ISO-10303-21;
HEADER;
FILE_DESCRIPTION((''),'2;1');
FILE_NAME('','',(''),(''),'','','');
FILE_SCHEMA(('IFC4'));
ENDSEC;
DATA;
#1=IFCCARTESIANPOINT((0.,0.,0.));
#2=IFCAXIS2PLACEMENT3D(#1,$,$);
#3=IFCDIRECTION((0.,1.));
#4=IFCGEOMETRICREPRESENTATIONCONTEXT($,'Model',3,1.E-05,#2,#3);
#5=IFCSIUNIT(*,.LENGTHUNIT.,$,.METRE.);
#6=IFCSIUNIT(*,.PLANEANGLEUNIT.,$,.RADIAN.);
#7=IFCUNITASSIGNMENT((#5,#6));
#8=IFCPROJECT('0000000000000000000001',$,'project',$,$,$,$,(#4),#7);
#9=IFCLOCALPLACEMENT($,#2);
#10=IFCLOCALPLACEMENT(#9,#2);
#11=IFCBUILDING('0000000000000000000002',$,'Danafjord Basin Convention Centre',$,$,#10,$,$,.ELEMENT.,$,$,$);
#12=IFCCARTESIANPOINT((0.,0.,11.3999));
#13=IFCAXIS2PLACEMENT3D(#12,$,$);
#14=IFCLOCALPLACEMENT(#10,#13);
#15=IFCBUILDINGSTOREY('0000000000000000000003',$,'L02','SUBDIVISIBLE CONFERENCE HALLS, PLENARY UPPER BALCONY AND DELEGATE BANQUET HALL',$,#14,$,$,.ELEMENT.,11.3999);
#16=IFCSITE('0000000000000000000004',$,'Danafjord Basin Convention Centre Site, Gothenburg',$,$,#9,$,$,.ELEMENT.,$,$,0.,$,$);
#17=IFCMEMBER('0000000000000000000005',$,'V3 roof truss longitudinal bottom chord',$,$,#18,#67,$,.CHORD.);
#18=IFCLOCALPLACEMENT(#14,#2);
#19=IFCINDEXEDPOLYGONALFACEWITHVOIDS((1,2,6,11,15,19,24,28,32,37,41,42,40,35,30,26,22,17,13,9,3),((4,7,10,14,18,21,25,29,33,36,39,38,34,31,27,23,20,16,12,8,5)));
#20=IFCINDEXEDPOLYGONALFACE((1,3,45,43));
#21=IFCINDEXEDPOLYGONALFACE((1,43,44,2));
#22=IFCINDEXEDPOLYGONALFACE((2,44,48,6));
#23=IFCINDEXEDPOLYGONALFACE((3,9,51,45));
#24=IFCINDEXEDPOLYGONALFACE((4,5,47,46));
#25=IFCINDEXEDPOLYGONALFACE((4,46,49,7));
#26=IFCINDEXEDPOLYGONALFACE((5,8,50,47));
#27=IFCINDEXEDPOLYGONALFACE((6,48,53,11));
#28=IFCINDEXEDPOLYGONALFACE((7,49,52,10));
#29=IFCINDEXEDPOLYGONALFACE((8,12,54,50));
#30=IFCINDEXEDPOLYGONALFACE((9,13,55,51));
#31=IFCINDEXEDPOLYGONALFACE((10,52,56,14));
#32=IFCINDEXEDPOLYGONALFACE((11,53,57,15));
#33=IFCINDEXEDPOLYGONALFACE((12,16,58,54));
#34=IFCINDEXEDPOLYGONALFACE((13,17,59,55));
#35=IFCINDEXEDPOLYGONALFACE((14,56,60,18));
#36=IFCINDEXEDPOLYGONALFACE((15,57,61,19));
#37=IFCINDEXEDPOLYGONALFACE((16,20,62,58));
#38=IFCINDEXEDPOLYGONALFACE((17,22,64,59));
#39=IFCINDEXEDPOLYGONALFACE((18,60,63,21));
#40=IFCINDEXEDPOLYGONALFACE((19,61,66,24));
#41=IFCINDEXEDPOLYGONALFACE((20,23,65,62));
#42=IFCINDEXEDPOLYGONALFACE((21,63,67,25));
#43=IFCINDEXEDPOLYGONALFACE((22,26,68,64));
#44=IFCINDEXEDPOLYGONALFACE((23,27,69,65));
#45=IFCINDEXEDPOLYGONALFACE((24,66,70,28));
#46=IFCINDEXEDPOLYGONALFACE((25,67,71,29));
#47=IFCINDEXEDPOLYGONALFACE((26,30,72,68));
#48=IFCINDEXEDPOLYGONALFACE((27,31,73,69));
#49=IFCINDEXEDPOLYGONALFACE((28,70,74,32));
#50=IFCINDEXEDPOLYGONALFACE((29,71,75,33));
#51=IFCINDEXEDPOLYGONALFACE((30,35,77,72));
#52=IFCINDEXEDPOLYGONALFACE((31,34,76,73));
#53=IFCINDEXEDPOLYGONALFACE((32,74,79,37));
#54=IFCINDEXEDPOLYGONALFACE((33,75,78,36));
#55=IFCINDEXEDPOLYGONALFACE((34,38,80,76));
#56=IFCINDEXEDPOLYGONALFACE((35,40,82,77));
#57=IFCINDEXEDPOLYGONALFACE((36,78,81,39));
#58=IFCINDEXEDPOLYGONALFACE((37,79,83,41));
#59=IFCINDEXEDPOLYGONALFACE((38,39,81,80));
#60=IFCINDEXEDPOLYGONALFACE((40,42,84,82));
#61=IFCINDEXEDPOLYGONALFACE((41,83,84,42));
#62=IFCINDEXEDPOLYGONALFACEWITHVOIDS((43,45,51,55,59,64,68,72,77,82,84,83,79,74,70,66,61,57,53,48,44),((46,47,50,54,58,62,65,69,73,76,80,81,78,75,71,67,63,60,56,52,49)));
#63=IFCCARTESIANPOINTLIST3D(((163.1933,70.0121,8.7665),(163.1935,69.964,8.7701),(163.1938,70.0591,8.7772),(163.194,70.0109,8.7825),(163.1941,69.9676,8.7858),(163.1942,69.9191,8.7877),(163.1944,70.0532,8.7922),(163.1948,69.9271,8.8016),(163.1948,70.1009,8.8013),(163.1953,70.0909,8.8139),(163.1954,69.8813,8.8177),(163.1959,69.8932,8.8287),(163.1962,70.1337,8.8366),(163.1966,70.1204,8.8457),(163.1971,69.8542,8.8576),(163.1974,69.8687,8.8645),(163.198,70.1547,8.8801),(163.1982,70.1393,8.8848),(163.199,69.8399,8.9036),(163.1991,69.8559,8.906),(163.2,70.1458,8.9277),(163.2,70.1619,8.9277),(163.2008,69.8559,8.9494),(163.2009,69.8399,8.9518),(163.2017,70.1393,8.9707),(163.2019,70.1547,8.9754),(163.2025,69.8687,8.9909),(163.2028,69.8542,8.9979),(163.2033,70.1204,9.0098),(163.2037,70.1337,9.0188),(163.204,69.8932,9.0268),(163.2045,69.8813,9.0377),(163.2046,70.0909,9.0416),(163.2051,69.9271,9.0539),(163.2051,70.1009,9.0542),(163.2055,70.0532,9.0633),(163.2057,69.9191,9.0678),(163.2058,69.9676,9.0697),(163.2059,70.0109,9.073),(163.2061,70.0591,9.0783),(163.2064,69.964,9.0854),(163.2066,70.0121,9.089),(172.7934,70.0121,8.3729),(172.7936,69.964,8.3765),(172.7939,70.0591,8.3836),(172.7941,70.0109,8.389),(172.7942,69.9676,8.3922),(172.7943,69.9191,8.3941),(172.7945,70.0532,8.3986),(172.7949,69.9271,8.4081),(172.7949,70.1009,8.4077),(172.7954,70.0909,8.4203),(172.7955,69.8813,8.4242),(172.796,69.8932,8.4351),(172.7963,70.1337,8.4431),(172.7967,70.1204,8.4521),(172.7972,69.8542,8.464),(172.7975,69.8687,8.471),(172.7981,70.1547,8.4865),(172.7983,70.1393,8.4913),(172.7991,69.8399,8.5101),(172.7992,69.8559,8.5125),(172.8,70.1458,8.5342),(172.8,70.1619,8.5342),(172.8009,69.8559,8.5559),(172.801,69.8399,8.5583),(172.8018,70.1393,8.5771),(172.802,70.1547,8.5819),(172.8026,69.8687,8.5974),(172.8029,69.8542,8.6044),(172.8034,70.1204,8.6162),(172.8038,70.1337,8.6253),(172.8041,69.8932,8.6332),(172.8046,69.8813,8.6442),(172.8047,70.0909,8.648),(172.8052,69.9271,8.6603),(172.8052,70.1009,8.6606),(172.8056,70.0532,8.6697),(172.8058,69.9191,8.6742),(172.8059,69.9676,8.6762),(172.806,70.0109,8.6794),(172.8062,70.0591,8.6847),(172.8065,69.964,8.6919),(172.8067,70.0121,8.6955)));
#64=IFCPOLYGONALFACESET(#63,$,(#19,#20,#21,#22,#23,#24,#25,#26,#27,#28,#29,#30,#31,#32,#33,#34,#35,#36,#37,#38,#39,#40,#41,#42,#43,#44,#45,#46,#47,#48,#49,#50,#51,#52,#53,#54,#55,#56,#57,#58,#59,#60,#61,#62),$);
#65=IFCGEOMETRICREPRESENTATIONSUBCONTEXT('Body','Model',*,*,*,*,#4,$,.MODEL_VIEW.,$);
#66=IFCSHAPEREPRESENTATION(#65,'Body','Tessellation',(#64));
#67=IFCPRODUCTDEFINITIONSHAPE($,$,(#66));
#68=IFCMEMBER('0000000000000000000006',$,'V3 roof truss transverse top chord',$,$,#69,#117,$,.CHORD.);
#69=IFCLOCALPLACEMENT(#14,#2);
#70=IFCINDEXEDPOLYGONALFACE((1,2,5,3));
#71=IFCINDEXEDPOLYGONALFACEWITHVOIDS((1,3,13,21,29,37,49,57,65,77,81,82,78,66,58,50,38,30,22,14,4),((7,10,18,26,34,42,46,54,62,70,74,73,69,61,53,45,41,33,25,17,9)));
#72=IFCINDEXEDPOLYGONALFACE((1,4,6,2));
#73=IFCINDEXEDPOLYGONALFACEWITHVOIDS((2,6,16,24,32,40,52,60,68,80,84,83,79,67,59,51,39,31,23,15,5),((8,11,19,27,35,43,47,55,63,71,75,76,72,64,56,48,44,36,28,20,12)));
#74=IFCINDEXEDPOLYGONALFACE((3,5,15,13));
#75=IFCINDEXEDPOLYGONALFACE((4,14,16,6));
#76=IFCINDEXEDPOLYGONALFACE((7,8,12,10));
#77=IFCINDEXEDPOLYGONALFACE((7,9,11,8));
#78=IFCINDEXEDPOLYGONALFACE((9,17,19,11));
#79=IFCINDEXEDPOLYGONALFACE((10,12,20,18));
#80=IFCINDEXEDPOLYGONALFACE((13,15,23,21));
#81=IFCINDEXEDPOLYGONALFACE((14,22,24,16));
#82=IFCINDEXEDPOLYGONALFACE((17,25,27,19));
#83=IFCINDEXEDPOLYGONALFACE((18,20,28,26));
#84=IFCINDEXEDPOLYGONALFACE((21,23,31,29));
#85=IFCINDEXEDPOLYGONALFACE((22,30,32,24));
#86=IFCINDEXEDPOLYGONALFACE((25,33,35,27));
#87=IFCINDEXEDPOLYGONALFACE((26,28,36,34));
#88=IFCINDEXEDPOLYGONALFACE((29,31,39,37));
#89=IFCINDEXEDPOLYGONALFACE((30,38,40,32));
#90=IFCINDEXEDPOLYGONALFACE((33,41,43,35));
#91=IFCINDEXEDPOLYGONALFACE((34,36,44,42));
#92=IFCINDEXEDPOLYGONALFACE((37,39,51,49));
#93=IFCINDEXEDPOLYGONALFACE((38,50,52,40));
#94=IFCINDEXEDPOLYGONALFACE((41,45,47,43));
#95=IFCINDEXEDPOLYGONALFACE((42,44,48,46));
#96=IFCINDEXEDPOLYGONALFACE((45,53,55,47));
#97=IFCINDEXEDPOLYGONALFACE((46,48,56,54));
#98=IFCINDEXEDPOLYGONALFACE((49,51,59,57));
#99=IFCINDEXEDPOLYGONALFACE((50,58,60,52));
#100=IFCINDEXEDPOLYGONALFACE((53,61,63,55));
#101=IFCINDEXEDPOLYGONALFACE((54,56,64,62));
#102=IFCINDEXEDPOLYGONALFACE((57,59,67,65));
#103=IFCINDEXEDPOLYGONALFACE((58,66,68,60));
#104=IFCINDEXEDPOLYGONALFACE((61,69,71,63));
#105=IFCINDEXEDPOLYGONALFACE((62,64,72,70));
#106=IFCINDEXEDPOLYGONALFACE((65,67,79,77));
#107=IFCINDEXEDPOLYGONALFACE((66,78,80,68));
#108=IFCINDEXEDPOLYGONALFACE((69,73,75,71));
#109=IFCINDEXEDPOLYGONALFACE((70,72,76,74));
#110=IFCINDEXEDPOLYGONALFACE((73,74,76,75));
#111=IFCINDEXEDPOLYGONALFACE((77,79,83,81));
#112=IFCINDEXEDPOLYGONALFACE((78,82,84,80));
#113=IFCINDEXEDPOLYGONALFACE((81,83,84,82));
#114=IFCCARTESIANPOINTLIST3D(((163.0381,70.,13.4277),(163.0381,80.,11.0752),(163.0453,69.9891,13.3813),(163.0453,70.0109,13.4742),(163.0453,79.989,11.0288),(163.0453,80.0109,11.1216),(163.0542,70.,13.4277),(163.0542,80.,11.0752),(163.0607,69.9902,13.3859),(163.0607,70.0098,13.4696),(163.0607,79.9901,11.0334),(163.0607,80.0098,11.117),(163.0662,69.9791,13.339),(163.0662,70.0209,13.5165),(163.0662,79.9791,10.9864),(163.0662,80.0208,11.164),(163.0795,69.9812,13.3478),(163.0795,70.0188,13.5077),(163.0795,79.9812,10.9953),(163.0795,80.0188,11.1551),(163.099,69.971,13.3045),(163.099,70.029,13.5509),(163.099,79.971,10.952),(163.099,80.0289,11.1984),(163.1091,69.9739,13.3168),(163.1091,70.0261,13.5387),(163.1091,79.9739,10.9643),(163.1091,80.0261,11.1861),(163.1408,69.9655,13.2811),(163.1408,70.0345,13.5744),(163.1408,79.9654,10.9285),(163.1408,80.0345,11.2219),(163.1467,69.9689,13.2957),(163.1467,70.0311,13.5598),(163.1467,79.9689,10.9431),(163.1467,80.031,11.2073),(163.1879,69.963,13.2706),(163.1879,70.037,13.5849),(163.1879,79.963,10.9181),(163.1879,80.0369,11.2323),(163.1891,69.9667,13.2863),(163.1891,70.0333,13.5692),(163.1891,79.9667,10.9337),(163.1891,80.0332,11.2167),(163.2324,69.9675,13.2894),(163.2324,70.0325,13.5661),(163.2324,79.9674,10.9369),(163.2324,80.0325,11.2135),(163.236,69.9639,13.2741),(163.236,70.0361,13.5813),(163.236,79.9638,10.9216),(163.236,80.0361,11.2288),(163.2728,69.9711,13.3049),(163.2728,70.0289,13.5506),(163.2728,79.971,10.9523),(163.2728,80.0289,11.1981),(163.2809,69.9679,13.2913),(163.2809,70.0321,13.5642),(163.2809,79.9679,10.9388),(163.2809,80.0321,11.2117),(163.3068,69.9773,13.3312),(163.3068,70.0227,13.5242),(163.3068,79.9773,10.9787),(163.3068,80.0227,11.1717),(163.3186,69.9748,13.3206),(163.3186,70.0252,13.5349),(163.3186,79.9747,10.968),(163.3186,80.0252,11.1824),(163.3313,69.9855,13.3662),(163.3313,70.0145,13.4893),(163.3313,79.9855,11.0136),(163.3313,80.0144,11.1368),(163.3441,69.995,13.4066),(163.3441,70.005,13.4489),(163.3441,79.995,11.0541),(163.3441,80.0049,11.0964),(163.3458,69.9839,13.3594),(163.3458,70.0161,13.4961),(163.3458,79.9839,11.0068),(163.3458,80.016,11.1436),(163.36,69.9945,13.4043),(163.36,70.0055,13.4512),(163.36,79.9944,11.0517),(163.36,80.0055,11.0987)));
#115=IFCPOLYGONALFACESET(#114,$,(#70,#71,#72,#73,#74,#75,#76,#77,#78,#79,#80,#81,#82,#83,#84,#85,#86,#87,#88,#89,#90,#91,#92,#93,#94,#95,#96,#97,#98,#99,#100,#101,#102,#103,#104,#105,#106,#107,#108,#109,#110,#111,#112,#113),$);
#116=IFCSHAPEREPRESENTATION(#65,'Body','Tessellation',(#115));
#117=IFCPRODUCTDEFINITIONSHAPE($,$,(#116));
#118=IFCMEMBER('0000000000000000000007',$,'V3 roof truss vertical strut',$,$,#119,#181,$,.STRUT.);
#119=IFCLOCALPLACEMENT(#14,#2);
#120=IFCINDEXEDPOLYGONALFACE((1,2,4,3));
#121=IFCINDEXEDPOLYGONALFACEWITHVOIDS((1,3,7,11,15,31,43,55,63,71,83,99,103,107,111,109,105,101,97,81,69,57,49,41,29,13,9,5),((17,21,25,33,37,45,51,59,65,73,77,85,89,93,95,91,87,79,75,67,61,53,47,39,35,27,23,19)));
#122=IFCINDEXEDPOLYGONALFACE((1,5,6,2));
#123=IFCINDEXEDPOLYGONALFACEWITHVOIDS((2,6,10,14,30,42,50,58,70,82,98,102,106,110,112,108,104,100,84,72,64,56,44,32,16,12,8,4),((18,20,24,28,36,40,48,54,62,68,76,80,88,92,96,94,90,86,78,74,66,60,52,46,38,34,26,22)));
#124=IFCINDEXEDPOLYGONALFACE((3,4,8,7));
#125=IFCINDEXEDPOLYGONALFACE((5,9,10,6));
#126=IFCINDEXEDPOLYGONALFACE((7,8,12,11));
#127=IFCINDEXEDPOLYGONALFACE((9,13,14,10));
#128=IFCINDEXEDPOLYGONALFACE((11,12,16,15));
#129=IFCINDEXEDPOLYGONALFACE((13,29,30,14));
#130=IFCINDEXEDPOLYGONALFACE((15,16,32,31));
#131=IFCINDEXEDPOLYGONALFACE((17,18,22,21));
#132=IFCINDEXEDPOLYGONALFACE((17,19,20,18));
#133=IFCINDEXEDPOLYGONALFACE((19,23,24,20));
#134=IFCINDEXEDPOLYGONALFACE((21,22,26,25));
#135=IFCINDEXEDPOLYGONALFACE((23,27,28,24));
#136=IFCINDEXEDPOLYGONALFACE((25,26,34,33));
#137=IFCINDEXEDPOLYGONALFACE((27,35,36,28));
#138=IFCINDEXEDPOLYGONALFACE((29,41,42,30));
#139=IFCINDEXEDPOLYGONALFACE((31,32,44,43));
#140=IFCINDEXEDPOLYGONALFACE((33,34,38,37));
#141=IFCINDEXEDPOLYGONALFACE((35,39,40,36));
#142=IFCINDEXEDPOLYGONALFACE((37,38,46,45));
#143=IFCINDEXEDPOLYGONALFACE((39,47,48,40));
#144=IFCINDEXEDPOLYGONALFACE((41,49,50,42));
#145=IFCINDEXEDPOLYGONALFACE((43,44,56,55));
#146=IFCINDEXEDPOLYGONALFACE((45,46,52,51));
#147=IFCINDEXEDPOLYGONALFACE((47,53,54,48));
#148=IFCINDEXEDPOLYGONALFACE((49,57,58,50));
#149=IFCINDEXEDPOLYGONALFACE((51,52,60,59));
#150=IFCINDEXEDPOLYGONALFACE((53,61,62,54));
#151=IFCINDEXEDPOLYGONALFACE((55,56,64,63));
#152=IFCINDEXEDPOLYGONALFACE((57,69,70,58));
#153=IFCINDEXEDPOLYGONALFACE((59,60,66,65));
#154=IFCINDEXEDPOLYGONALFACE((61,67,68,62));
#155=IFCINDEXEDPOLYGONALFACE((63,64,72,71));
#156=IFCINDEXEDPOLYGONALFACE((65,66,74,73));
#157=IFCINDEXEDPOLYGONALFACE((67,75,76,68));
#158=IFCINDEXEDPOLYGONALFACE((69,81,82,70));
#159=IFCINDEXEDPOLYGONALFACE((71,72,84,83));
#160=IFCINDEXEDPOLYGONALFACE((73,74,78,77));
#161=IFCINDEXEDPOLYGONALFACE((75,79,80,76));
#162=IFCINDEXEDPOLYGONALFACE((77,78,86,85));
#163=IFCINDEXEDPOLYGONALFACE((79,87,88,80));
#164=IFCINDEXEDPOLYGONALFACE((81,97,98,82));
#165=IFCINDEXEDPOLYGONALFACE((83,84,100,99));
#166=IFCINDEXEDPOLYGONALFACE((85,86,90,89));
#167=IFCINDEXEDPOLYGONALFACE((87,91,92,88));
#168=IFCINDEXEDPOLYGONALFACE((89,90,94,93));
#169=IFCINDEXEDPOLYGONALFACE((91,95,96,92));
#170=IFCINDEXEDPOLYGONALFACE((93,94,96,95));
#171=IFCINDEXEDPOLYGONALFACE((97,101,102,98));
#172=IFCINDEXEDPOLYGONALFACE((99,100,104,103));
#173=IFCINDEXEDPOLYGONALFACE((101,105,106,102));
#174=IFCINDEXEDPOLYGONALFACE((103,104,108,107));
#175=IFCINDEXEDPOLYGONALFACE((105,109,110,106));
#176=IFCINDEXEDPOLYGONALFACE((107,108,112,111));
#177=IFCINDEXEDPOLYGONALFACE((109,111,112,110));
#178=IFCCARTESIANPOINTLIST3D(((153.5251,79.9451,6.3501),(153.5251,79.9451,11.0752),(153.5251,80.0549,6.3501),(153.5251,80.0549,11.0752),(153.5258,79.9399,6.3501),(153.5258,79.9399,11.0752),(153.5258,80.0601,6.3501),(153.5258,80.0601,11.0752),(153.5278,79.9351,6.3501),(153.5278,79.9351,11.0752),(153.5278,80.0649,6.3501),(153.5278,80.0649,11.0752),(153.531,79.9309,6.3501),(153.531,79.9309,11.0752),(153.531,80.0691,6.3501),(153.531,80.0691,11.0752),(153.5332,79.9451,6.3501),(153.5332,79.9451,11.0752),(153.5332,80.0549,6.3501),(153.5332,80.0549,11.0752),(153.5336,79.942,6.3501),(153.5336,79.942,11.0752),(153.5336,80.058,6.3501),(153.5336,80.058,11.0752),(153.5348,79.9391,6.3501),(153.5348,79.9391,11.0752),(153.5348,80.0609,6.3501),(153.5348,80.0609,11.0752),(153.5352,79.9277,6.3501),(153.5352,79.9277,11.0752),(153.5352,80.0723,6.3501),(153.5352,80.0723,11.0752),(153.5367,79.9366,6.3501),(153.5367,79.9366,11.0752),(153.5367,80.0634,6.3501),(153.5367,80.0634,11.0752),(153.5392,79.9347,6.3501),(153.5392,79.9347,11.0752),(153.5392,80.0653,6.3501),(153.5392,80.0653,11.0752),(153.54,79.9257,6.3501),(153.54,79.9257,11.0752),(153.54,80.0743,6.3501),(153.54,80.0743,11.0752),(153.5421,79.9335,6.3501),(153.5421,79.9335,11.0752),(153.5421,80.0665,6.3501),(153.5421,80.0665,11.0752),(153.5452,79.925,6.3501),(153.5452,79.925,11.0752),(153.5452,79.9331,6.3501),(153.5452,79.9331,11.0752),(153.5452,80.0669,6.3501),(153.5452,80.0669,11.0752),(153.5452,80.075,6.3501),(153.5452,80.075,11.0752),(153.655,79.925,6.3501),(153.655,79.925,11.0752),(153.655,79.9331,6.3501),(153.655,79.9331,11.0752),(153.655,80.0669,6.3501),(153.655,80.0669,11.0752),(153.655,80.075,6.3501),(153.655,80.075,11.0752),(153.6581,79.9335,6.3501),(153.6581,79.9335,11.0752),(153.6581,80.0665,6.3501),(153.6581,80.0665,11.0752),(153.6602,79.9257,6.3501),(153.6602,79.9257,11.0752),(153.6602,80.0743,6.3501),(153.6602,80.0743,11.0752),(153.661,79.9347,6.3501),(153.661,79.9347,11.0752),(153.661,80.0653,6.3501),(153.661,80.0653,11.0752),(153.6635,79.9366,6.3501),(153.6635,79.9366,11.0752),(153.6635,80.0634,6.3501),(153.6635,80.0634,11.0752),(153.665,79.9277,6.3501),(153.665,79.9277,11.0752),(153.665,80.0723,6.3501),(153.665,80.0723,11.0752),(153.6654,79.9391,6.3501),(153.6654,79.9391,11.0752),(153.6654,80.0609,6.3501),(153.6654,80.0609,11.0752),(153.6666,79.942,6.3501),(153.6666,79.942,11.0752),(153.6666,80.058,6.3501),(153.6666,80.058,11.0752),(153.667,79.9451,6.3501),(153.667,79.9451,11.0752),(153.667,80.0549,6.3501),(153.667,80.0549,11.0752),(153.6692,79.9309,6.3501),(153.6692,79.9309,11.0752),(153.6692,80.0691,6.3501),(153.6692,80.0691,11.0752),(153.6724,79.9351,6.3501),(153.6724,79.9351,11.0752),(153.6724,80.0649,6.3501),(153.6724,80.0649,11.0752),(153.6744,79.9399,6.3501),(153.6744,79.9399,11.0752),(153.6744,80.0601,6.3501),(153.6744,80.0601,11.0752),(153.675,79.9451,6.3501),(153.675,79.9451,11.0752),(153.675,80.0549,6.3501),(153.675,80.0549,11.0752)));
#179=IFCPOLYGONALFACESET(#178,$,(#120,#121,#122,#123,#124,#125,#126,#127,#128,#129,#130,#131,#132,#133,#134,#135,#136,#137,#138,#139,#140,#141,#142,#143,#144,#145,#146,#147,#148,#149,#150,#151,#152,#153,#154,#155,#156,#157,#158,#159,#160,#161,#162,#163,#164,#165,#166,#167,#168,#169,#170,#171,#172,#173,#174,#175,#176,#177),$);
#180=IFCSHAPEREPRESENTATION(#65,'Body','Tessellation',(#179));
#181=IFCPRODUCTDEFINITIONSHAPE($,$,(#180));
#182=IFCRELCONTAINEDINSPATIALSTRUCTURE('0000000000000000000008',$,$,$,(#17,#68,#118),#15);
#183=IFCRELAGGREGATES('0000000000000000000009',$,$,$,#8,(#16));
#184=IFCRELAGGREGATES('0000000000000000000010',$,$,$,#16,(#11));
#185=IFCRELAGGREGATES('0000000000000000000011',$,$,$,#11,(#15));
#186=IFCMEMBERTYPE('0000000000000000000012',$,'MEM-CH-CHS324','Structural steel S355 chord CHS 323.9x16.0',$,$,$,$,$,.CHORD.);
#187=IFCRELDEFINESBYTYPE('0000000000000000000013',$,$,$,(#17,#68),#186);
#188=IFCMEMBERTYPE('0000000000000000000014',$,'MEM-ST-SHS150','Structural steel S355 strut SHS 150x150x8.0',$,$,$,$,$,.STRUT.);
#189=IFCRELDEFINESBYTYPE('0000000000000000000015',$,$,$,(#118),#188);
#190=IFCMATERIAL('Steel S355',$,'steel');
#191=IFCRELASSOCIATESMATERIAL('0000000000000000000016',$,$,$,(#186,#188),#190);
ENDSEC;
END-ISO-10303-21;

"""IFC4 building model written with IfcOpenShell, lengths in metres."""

from ifc_helpers import new_model, si_unit, direction, frame, origin, origin_2d, place, context, subcontext, project, spatial, hollow_rectangle, hollow_circle, extrude, material, material_profile, profile_set, type_object, element, save


model = new_model("IFC4")

# Units and contexts
model_context = context("Model", 3, precision=1e-05, world=origin(), true_north=direction((0.0, 1.0)))
body_context = subcontext(model_context, "Body", "Model", "MODEL_VIEW")
ifc_project = project(units=[si_unit("LENGTHUNIT", "METRE"), si_unit("PLANEANGLEUNIT", "RADIAN")], contexts=[model_context])

# Site, building, storey
site_placement = place(None, origin())
site = spatial("IfcSite", under=ifc_project, at=site_placement, Name="Danafjord Basin Convention Centre Site, Gothenburg", CompositionType="ELEMENT", RefElevation=0.0)
building_placement = place(site_placement, origin())
building = spatial("IfcBuilding", under=site, at=building_placement, Name="Danafjord Basin Convention Centre", CompositionType="ELEMENT")
storey_placement = place(building_placement, frame((0.0, 0.0, 11.3999)))
storey = spatial("IfcBuildingStorey", under=building, at=storey_placement, Name="L02", Description="SUBDIVISIBLE CONFERENCE HALLS, PLENARY UPPER BALCONY AND DELEGATE BANQUET HALL", CompositionType="ELEMENT", Elevation=11.3999)

# Shared definitions
ifc_material = material(Name="Steel S355", Category="steel")

# Members
ifc_material_profile_1 = material_profile(ifc_material, hollow_circle(Radius=0.1619, WallThickness=0.0161, at=origin_2d()), Name="CHS 323.9x16.0")
ifc_profile_set_1 = profile_set([ifc_material_profile_1], Name="Steel S355")
member_type_1 = type_object("IfcMemberType", Name="MEM-CH-CHS324", Description="Structural steel S355 chord CHS 323.9x16.0", PredefinedType="CHORD", material=ifc_profile_set_1)
member_1_placement = place(storey_placement, frame((163.2, 70.0, 8.9277), z_axis=(0.999161, 0.0, -0.04096), x_axis=(0.0, 1.0, 0.0)))
element("IfcMember", 1, at=member_1_placement, inside=storey, type_object=member_type_1, Name="V3 roof truss longitudinal bottom chord", PredefinedType="CHORD", context=body_context, shape_type="SweptSolid", body=[
    extrude(hollow_circle(Radius=0.1619, WallThickness=0.0161, at=origin_2d()), origin(), (0.0, 0.0, 1.0), 9.6082),
])
member_2_placement = place(storey_placement, frame((163.2, 70.0, 13.4277), z_axis=(0.0, 0.973426, -0.229002), x_axis=(-1.0, 0.0, 0.0)))
element("IfcMember", 2, at=member_2_placement, inside=storey, type_object=member_type_1, Name="V3 roof truss transverse top chord", PredefinedType="CHORD", context=body_context, shape_type="SweptSolid", body=[
    extrude(hollow_circle(Radius=0.1619, WallThickness=0.0161, at=origin_2d()), origin(), (0.0, 0.0, 1.0), 10.2729),
])
ifc_material_profile_2 = material_profile(ifc_material, hollow_rectangle(XDim=0.1499, YDim=0.1499, WallThickness=0.0081, InnerFilletRadius=0.012, OuterFilletRadius=0.02, at=origin_2d()), Name="SHS 150x150x8.0")
ifc_profile_set_2 = profile_set([ifc_material_profile_2], Name="Steel S355")
member_type_2 = type_object("IfcMemberType", Name="MEM-ST-SHS150", Description="Structural steel S355 strut SHS 150x150x8.0", PredefinedType="STRUT", material=ifc_profile_set_2)
member_3_placement = place(storey_placement, frame((153.6001, 80.0, 6.3501), z_axis=(0.0, 0.0, 1.0), x_axis=(1.0, 0.0, 0.0)))
element("IfcMember", 3, at=member_3_placement, inside=storey, type_object=member_type_2, Name="V3 roof truss vertical strut", PredefinedType="STRUT", context=body_context, shape_type="SweptSolid", body=[
    extrude(hollow_rectangle(XDim=0.1499, YDim=0.1499, WallThickness=0.0081, InnerFilletRadius=0.012, OuterFilletRadius=0.02, at=origin_2d()), origin(), (0.0, 0.0, 1.0), 4.7251),
])

save(model, "model.ifc")
